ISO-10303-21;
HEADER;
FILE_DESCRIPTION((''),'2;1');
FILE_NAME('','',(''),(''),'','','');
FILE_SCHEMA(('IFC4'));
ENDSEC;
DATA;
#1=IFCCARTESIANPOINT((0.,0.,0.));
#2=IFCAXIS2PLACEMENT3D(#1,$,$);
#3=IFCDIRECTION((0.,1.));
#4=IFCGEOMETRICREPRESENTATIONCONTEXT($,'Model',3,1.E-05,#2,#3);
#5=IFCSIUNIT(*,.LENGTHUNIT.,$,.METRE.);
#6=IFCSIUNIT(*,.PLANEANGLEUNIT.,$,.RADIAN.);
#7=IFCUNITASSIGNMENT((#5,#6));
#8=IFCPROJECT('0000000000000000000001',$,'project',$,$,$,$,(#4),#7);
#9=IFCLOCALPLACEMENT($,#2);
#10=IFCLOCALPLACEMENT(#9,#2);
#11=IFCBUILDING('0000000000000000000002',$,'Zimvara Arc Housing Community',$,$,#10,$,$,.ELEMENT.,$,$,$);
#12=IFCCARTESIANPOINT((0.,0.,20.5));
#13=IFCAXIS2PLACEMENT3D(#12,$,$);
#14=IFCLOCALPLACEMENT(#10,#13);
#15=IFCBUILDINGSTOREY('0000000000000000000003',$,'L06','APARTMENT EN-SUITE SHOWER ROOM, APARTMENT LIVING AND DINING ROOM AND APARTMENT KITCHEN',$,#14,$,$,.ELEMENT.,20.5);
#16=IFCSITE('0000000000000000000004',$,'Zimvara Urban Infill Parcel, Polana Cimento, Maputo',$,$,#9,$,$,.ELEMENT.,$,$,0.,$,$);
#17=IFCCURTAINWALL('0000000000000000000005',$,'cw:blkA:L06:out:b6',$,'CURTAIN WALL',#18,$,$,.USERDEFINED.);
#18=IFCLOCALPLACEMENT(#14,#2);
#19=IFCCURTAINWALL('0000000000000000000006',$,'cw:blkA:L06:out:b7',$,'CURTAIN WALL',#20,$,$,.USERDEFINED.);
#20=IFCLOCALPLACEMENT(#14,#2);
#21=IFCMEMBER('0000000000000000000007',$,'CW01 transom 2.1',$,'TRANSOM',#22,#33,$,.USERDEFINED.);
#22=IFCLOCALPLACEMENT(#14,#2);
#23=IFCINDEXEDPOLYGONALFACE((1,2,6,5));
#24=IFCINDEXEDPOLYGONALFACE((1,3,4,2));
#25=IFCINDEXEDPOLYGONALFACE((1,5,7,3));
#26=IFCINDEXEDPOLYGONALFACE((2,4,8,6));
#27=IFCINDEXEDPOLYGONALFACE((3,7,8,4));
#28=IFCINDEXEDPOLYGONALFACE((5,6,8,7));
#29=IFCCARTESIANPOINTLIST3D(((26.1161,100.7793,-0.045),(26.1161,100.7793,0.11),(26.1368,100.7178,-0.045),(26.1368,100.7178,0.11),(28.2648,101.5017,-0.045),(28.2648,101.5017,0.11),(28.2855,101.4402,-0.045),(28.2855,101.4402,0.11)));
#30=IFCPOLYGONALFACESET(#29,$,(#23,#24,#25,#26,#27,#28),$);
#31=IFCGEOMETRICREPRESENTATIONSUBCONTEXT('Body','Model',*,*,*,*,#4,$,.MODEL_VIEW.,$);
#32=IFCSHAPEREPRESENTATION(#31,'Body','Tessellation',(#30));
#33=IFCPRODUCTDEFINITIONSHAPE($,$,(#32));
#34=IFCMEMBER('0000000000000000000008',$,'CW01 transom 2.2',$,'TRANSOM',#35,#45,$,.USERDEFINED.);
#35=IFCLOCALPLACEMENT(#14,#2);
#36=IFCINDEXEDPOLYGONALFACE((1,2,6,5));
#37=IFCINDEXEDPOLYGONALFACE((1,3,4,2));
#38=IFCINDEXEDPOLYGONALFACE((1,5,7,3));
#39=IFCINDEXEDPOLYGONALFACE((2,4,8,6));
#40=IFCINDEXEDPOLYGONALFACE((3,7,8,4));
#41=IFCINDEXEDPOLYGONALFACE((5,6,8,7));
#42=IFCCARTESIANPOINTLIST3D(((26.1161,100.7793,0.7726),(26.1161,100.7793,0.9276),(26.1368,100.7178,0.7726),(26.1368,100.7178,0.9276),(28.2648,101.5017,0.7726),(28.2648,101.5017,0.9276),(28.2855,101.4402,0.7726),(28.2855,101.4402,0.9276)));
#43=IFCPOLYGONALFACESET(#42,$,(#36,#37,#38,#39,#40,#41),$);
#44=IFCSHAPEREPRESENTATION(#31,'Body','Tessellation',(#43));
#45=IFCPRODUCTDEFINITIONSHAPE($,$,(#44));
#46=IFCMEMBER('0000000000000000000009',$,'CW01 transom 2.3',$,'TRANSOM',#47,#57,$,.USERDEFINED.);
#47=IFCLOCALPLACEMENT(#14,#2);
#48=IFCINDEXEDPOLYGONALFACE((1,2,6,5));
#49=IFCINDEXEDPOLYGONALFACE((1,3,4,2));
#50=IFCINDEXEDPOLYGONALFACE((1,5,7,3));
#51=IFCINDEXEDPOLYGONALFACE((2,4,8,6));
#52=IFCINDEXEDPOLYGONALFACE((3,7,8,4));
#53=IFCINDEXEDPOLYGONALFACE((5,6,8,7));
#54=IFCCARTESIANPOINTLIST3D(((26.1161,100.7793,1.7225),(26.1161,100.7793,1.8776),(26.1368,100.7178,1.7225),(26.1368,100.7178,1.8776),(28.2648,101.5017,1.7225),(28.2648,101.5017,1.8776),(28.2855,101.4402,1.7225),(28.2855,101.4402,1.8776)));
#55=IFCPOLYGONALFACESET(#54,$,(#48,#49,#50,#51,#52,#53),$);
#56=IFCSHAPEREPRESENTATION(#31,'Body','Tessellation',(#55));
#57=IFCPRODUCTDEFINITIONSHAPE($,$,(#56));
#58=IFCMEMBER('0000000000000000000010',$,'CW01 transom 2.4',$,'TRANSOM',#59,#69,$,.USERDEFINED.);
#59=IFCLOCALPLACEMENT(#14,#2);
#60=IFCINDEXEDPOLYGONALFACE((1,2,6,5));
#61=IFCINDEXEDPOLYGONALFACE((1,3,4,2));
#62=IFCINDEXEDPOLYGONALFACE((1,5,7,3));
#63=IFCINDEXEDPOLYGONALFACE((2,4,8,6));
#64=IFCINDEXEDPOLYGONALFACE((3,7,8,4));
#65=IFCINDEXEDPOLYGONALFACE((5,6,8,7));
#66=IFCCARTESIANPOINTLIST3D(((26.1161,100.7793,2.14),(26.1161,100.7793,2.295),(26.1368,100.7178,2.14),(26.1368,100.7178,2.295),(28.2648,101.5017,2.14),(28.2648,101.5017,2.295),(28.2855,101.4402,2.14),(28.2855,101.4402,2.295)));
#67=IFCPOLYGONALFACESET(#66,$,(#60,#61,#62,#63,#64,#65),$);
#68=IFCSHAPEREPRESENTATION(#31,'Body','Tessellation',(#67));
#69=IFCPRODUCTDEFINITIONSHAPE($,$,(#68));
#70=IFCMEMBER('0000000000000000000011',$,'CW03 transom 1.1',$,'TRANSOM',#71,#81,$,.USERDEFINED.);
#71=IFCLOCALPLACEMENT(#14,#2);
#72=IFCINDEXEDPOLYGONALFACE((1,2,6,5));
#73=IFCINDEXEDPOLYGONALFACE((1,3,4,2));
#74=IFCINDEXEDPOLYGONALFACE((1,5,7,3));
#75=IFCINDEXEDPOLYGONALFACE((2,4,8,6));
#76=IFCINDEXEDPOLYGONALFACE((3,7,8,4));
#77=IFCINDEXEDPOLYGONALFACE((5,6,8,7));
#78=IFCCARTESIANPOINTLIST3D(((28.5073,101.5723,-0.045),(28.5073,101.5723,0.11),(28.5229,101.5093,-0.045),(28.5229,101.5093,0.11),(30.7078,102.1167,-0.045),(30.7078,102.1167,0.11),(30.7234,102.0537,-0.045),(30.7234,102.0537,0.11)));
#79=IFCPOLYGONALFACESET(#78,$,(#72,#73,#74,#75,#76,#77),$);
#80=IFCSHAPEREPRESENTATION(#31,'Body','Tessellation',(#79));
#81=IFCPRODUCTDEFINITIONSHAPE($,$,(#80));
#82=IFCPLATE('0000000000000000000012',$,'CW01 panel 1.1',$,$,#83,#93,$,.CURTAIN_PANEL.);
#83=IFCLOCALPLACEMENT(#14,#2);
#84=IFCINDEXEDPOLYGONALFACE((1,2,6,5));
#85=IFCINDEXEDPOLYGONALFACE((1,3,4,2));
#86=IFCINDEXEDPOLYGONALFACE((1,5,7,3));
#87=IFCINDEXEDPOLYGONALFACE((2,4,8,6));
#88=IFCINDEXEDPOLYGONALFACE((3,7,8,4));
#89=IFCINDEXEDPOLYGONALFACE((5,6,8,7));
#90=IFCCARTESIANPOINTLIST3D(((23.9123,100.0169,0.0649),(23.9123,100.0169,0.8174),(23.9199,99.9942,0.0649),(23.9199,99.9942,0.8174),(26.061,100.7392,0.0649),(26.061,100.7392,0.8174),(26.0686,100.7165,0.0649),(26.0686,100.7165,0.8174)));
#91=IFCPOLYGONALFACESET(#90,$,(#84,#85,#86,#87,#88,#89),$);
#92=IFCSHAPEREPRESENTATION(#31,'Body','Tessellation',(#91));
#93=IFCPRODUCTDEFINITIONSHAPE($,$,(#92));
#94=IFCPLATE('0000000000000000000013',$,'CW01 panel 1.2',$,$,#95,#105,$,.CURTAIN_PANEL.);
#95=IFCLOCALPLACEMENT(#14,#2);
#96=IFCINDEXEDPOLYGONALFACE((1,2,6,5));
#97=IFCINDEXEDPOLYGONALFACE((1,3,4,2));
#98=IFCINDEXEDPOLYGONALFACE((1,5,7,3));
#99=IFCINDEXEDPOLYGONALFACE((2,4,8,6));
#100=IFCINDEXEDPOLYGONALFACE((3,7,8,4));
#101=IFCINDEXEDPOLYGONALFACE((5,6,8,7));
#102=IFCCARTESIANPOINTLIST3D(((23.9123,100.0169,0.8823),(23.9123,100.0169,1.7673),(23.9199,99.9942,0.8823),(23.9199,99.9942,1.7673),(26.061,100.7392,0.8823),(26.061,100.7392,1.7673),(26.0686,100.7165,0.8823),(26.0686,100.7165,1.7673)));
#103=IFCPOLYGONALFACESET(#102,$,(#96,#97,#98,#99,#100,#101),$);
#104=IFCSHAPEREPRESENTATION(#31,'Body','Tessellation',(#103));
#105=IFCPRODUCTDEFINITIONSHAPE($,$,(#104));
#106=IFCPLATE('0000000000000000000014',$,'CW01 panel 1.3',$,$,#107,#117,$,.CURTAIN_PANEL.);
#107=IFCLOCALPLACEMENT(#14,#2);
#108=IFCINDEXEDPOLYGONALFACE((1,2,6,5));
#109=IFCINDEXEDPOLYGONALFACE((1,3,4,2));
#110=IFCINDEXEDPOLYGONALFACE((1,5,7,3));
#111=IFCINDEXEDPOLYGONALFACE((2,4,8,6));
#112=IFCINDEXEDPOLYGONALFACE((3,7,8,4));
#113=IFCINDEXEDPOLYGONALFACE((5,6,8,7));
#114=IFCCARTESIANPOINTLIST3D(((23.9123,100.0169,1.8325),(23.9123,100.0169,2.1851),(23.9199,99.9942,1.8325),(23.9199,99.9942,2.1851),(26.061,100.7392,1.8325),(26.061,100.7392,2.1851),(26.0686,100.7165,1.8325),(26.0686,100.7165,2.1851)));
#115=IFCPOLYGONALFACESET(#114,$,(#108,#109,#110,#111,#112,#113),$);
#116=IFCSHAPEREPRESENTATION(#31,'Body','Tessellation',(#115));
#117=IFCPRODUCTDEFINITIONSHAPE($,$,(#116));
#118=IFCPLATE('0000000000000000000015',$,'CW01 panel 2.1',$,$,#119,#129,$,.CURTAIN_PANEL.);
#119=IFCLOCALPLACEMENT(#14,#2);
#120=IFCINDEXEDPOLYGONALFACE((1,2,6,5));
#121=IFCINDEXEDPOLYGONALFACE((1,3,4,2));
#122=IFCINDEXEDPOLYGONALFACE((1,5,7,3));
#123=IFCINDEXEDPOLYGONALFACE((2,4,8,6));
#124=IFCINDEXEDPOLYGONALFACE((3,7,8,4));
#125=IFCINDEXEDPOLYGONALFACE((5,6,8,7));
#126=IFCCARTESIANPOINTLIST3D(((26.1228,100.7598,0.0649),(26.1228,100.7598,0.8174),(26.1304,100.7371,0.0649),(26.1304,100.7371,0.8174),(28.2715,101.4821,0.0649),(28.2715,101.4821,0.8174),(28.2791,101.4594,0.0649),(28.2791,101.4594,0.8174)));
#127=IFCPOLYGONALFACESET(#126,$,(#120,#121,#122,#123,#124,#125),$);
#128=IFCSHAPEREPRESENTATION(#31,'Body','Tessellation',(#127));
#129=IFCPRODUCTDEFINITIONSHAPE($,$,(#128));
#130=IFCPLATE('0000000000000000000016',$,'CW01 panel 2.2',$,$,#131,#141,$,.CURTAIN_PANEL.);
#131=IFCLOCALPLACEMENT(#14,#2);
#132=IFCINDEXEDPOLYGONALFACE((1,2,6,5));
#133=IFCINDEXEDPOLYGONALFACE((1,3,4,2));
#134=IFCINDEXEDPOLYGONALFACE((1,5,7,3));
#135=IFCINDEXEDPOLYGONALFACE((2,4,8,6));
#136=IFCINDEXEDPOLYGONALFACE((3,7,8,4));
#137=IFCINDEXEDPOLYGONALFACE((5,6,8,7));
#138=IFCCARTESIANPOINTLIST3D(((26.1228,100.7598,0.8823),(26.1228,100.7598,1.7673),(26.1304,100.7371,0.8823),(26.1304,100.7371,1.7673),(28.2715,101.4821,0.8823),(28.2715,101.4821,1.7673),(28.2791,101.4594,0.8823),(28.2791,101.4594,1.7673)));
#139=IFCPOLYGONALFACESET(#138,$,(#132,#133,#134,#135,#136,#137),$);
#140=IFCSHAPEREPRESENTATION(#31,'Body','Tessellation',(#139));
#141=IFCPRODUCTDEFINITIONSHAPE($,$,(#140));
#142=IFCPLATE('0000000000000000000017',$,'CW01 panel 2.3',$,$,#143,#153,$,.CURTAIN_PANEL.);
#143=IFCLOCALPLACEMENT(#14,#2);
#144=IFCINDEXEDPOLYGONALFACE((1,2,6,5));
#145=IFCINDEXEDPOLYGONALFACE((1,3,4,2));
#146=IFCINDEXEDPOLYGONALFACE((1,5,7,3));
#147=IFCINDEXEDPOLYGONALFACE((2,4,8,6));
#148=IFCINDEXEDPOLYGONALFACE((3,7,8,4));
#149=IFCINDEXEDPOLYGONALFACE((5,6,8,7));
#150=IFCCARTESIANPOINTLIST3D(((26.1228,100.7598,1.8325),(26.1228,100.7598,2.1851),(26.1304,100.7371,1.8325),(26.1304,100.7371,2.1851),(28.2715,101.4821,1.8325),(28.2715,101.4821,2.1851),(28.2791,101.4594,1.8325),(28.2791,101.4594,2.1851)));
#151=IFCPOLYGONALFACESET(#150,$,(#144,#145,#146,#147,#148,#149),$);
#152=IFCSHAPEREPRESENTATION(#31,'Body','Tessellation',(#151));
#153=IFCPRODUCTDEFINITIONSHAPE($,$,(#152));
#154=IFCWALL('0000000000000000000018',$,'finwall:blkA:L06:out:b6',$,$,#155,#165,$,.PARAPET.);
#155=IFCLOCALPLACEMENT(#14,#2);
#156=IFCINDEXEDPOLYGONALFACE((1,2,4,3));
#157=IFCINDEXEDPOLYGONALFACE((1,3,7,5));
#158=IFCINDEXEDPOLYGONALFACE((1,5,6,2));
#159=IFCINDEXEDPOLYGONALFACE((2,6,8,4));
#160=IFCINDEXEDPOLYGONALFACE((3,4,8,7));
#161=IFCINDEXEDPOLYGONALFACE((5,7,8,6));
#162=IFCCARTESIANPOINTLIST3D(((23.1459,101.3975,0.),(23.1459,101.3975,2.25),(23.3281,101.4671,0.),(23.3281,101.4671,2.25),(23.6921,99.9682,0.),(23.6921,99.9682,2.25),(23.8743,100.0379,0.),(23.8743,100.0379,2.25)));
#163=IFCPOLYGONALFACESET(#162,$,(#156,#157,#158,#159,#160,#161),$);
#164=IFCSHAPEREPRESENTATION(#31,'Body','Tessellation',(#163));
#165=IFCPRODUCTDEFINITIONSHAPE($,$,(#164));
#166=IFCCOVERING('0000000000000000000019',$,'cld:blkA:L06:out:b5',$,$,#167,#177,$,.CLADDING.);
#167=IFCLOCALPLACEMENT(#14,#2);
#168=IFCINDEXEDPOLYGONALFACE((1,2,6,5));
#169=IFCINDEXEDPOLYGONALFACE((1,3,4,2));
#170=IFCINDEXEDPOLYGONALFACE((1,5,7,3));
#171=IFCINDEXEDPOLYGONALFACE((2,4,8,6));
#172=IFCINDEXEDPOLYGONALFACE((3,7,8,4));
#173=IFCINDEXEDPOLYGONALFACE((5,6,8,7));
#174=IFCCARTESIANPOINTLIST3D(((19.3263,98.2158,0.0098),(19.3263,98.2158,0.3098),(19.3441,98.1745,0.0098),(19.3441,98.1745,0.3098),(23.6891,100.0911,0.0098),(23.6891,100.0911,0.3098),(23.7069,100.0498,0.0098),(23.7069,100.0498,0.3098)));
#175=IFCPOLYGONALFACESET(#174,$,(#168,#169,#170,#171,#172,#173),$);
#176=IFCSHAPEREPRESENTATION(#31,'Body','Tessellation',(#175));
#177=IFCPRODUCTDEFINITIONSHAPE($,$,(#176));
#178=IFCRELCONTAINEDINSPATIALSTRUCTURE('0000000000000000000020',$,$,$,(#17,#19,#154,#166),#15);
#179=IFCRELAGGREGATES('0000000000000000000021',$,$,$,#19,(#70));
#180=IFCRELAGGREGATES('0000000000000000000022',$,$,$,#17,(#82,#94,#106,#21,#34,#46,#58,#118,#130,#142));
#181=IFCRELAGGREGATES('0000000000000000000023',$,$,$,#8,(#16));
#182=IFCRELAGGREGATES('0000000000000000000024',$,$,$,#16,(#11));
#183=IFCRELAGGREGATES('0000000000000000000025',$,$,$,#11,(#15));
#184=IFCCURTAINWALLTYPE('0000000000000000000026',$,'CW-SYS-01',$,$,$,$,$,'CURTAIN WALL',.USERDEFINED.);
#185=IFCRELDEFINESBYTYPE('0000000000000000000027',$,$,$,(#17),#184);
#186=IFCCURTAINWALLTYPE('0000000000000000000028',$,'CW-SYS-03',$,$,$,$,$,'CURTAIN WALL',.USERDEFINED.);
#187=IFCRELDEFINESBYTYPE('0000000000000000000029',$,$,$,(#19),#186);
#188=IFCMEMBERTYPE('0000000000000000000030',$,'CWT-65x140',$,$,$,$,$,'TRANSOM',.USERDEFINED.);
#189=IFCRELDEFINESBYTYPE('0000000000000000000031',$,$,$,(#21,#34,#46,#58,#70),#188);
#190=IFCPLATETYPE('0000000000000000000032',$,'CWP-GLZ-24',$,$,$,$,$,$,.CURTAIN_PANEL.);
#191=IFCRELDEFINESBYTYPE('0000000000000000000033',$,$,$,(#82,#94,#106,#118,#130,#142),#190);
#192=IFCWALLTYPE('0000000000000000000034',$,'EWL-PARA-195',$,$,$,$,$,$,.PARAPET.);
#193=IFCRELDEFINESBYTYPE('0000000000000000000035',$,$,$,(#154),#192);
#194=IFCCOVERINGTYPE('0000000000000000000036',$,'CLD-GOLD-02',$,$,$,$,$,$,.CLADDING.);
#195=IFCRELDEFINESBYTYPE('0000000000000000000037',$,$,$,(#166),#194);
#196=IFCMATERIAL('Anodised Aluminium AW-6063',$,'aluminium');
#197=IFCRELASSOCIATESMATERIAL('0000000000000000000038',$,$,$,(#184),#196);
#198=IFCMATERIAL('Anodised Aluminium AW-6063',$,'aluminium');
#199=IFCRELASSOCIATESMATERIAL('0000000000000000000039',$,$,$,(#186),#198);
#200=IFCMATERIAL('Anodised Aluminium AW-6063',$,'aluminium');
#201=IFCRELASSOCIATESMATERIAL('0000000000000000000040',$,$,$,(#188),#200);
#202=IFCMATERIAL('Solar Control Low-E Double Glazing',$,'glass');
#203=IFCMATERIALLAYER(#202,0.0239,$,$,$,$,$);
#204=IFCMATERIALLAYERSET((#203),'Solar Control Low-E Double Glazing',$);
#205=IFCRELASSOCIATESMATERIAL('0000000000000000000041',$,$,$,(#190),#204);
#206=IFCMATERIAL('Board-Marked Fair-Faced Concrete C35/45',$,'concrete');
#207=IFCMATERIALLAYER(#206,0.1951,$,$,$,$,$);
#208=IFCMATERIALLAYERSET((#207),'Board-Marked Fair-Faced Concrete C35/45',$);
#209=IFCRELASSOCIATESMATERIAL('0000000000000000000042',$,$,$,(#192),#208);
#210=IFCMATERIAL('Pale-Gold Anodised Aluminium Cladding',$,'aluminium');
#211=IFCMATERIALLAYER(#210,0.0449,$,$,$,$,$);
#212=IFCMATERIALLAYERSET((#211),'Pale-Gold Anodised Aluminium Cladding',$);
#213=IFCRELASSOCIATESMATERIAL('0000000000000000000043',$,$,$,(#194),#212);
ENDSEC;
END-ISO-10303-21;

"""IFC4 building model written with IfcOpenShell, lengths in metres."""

from ifc_helpers import new_model, si_unit, direction, frame, frame_2d, origin, origin_2d, place, context, subcontext, project, spatial, rectangle, extrude, material, layer, layer_set, material_profile, profile_set, type_object, element, aggregate, save


model = new_model("IFC4")

# Units and contexts
model_context = context("Model", 3, precision=1e-05, world=origin(), true_north=direction((0.0, 1.0)))
body_context = subcontext(model_context, "Body", "Model", "MODEL_VIEW")
ifc_project = project(units=[si_unit("LENGTHUNIT", "METRE"), si_unit("PLANEANGLEUNIT", "RADIAN")], contexts=[model_context])

# Site, building, storey
site_placement = place(None, origin())
site = spatial("IfcSite", under=ifc_project, at=site_placement, Name="Zimvara Urban Infill Parcel, Polana Cimento, Maputo", CompositionType="ELEMENT", RefElevation=0.0)
building_placement = place(site_placement, origin())
building = spatial("IfcBuilding", under=site, at=building_placement, Name="Zimvara Arc Housing Community", CompositionType="ELEMENT")
storey_placement = place(building_placement, frame((0.0, 0.0, 20.5)))
storey = spatial("IfcBuildingStorey", under=building, at=storey_placement, Name="L06", Description="APARTMENT EN-SUITE SHOWER ROOM, APARTMENT LIVING AND DINING ROOM AND APARTMENT KITCHEN", CompositionType="ELEMENT", Elevation=20.5)

# Curtain wall
ifc_material_1 = material(Name="Anodised Aluminium AW-6063", Category="aluminium")
curtain_wall_type_1 = type_object("IfcCurtainWallType", Name="CW-SYS-01", ElementType="CURTAIN WALL", PredefinedType="USERDEFINED", material=ifc_material_1)
curtain_wall_1_placement = place(storey_placement, origin())
curtain_wall_1 = element("IfcCurtainWall", 1, at=curtain_wall_1_placement, inside=storey, type_object=curtain_wall_type_1, Name="cw:blkA:L06:out:b6", ObjectType="CURTAIN WALL", PredefinedType="USERDEFINED")

# Curtain wall
ifc_material_2 = material(Name="Anodised Aluminium AW-6063", Category="aluminium")
curtain_wall_type_2 = type_object("IfcCurtainWallType", Name="CW-SYS-03", ElementType="CURTAIN WALL", PredefinedType="USERDEFINED", material=ifc_material_2)
curtain_wall_2_placement = place(storey_placement, origin())
curtain_wall_2 = element("IfcCurtainWall", 2, at=curtain_wall_2_placement, inside=storey, type_object=curtain_wall_type_2, Name="cw:blkA:L06:out:b7", ObjectType="CURTAIN WALL", PredefinedType="USERDEFINED")

# Members
ifc_material_3 = material(Name="Anodised Aluminium AW-6063", Category="aluminium")
ifc_material_profile_1 = material_profile(ifc_material_3, rectangle(XDim=0.0649, YDim=0.155, at=origin_2d()), Name="ALU 65x155")
ifc_profile_set_1 = profile_set([ifc_material_profile_1], Name="Anodised Aluminium AW-6063")
member_type_1 = type_object("IfcMemberType", Name="CWT-65x140", ElementType="TRANSOM", PredefinedType="USERDEFINED", material=ifc_profile_set_1)
member_1_placement = place(storey_placement, frame((26.1265, 100.7485, 0.0325), z_axis=(0.947862, 0.318682, 0.0), x_axis=(-0.318682, 0.947862, 0.0)))
member_1 = element("IfcMember", 3, at=member_1_placement, type_object=member_type_1, Name="CW01 transom 2.1", ObjectType="TRANSOM", PredefinedType="USERDEFINED", context=body_context, shape_type="SweptSolid", body=[
    extrude(rectangle(XDim=0.0649, YDim=0.155, at=origin_2d()), origin(), (0.0, 0.0, 1.0), 2.2668),
])
member_2_placement = place(storey_placement, frame((26.1265, 100.7485, 0.8501), z_axis=(0.947862, 0.318682, 0.0), x_axis=(-0.318682, 0.947862, 0.0)))
member_2 = element("IfcMember", 4, at=member_2_placement, type_object=member_type_1, Name="CW01 transom 2.2", ObjectType="TRANSOM", PredefinedType="USERDEFINED", context=body_context, shape_type="SweptSolid", body=[
    extrude(rectangle(XDim=0.0649, YDim=0.155, at=origin_2d()), origin(), (0.0, 0.0, 1.0), 2.2668),
])
member_3_placement = place(storey_placement, frame((26.1265, 100.7485, 1.8), z_axis=(0.947862, 0.318682, 0.0), x_axis=(-0.318682, 0.947862, 0.0)))
member_3 = element("IfcMember", 5, at=member_3_placement, type_object=member_type_1, Name="CW01 transom 2.3", ObjectType="TRANSOM", PredefinedType="USERDEFINED", context=body_context, shape_type="SweptSolid", body=[
    extrude(rectangle(XDim=0.0649, YDim=0.155, at=origin_2d()), origin(), (0.0, 0.0, 1.0), 2.2668),
])
member_4_placement = place(storey_placement, frame((26.1265, 100.7485, 2.2175), z_axis=(0.947862, 0.318682, 0.0), x_axis=(-0.318682, 0.947862, 0.0)))
member_4 = element("IfcMember", 6, at=member_4_placement, type_object=member_type_1, Name="CW01 transom 2.4", ObjectType="TRANSOM", PredefinedType="USERDEFINED", context=body_context, shape_type="SweptSolid", body=[
    extrude(rectangle(XDim=0.0649, YDim=0.155, at=origin_2d()), origin(), (0.0, 0.0, 1.0), 2.2668),
])
member_5_placement = place(storey_placement, frame((28.5151, 101.5408, 0.0325), z_axis=(0.970729, 0.240178, 0.0), x_axis=(-0.240178, 0.970729, 0.0)))
member_5 = element("IfcMember", 7, at=member_5_placement, type_object=member_type_1, Name="CW03 transom 1.1", ObjectType="TRANSOM", PredefinedType="USERDEFINED", context=body_context, shape_type="SweptSolid", body=[
    extrude(rectangle(XDim=0.0649, YDim=0.155, at=origin_2d()), origin(), (0.0, 0.0, 1.0), 2.2668),
])
aggregate(curtain_wall_2, [member_5])

# Plates
ifc_material_4 = material(Name="Solar Control Low-E Double Glazing", Category="glass")
ifc_layer_1 = layer(ifc_material_4, 0.0239)
ifc_layer_set_1 = layer_set([ifc_layer_1], Name="Solar Control Low-E Double Glazing")
plate_type = type_object("IfcPlateType", Name="CWP-GLZ-24", PredefinedType="CURTAIN_PANEL", material=ifc_layer_set_1)
plate_1_placement = place(storey_placement, frame((24.9905, 100.3667, 0.0649), z_axis=(0.0, 0.0, 1.0), x_axis=(0.94788, 0.318629, 0.0)))
plate_1 = element("IfcPlate", 8, at=plate_1_placement, type_object=plate_type, Name="CW01 panel 1.1", PredefinedType="CURTAIN_PANEL", context=body_context, shape_type="SweptSolid", body=[
    extrude(rectangle(XDim=2.2668, YDim=0.0239, at=origin_2d()), origin(), (0.0, 0.0, 1.0), 0.7524),
])
plate_2_placement = place(storey_placement, frame((24.9905, 100.3667, 0.8823), z_axis=(0.0, 0.0, 1.0), x_axis=(0.94788, 0.318629, 0.0)))
plate_2 = element("IfcPlate", 9, at=plate_2_placement, type_object=plate_type, Name="CW01 panel 1.2", PredefinedType="CURTAIN_PANEL", context=body_context, shape_type="SweptSolid", body=[
    extrude(rectangle(XDim=2.2668, YDim=0.0239, at=origin_2d()), origin(), (0.0, 0.0, 1.0), 0.885),
])
plate_3_placement = place(storey_placement, frame((24.9905, 100.3667, 1.8325), z_axis=(0.0, 0.0, 1.0), x_axis=(0.94788, 0.318629, 0.0)))
plate_3 = element("IfcPlate", 10, at=plate_3_placement, type_object=plate_type, Name="CW01 panel 1.3", PredefinedType="CURTAIN_PANEL", context=body_context, shape_type="SweptSolid", body=[
    extrude(rectangle(XDim=2.2668, YDim=0.0239, at=origin_2d()), origin(), (0.0, 0.0, 1.0), 0.3525),
])
plate_4_placement = place(storey_placement, frame((27.2009, 101.1096, 0.0649), z_axis=(0.0, 0.0, 1.0), x_axis=(0.94788, 0.318629, 0.0)))
plate_4 = element("IfcPlate", 11, at=plate_4_placement, type_object=plate_type, Name="CW01 panel 2.1", PredefinedType="CURTAIN_PANEL", context=body_context, shape_type="SweptSolid", body=[
    extrude(rectangle(XDim=2.2668, YDim=0.0239, at=origin_2d()), origin(), (0.0, 0.0, 1.0), 0.7524),
])
plate_5_placement = place(storey_placement, frame((27.2009, 101.1096, 0.8823), z_axis=(0.0, 0.0, 1.0), x_axis=(0.94788, 0.318629, 0.0)))
plate_5 = element("IfcPlate", 12, at=plate_5_placement, type_object=plate_type, Name="CW01 panel 2.2", PredefinedType="CURTAIN_PANEL", context=body_context, shape_type="SweptSolid", body=[
    extrude(rectangle(XDim=2.2668, YDim=0.0239, at=origin_2d()), origin(), (0.0, 0.0, 1.0), 0.885),
])
plate_6_placement = place(storey_placement, frame((27.2009, 101.1096, 1.8325), z_axis=(0.0, 0.0, 1.0), x_axis=(0.94788, 0.318629, 0.0)))
plate_6 = element("IfcPlate", 13, at=plate_6_placement, type_object=plate_type, Name="CW01 panel 2.3", PredefinedType="CURTAIN_PANEL", context=body_context, shape_type="SweptSolid", body=[
    extrude(rectangle(XDim=2.2668, YDim=0.0239, at=origin_2d()), origin(), (0.0, 0.0, 1.0), 0.3525),
])
aggregate(curtain_wall_1, [plate_1, plate_2, plate_3, member_1, member_2, member_3, member_4, plate_4, plate_5, plate_6])

# Wall
ifc_material_5 = material(Name="Board-Marked Fair-Faced Concrete C35/45", Category="concrete")
ifc_layer_2 = layer(ifc_material_5, 0.1951)
ifc_layer_set_2 = layer_set([ifc_layer_2], Name="Board-Marked Fair-Faced Concrete C35/45")
wall_type_1 = type_object("IfcWallType", Name="EWL-PARA-195", PredefinedType="PARAPET", material=ifc_layer_set_2)
wall_1_placement = place(storey_placement, frame((23.7832, 100.0029, 0.0), z_axis=(0.0, 0.0, 1.0), x_axis=(-0.356957, 0.934121, 0.0)))
element("IfcWall", 14, at=wall_1_placement, inside=storey, type_object=wall_type_1, Name="finwall:blkA:L06:out:b6", PredefinedType="PARAPET", context=body_context, shape_type="SweptSolid", body=[
    extrude(rectangle(XDim=1.53, YDim=0.1951, at=frame_2d((0.7651, 0.0))), origin(), (0.0, 0.0, 1.0), 2.25),
])

# Covering
ifc_material_6 = material(Name="Pale-Gold Anodised Aluminium Cladding", Category="aluminium")
ifc_layer_3 = layer(ifc_material_6, 0.0449)
ifc_layer_set_3 = layer_set([ifc_layer_3], Name="Pale-Gold Anodised Aluminium Cladding")
covering_type = type_object("IfcCoveringType", Name="CLD-GOLD-02", PredefinedType="CLADDING", material=ifc_layer_set_3)
covering_placement = place(storey_placement, frame((21.5166, 99.1328, 0.0098), z_axis=(0.0, 0.0, 1.0), x_axis=(0.918722, 0.394906, 0.0)))
element("IfcCovering", 15, at=covering_placement, inside=storey, type_object=covering_type, Name="cld:blkA:L06:out:b5", PredefinedType="CLADDING", context=body_context, shape_type="SweptSolid", body=[
    extrude(rectangle(XDim=4.7488, YDim=0.0449, at=origin_2d()), origin(), (0.0, 0.0, 1.0), 0.3),
])

save(model, "model.ifc")
